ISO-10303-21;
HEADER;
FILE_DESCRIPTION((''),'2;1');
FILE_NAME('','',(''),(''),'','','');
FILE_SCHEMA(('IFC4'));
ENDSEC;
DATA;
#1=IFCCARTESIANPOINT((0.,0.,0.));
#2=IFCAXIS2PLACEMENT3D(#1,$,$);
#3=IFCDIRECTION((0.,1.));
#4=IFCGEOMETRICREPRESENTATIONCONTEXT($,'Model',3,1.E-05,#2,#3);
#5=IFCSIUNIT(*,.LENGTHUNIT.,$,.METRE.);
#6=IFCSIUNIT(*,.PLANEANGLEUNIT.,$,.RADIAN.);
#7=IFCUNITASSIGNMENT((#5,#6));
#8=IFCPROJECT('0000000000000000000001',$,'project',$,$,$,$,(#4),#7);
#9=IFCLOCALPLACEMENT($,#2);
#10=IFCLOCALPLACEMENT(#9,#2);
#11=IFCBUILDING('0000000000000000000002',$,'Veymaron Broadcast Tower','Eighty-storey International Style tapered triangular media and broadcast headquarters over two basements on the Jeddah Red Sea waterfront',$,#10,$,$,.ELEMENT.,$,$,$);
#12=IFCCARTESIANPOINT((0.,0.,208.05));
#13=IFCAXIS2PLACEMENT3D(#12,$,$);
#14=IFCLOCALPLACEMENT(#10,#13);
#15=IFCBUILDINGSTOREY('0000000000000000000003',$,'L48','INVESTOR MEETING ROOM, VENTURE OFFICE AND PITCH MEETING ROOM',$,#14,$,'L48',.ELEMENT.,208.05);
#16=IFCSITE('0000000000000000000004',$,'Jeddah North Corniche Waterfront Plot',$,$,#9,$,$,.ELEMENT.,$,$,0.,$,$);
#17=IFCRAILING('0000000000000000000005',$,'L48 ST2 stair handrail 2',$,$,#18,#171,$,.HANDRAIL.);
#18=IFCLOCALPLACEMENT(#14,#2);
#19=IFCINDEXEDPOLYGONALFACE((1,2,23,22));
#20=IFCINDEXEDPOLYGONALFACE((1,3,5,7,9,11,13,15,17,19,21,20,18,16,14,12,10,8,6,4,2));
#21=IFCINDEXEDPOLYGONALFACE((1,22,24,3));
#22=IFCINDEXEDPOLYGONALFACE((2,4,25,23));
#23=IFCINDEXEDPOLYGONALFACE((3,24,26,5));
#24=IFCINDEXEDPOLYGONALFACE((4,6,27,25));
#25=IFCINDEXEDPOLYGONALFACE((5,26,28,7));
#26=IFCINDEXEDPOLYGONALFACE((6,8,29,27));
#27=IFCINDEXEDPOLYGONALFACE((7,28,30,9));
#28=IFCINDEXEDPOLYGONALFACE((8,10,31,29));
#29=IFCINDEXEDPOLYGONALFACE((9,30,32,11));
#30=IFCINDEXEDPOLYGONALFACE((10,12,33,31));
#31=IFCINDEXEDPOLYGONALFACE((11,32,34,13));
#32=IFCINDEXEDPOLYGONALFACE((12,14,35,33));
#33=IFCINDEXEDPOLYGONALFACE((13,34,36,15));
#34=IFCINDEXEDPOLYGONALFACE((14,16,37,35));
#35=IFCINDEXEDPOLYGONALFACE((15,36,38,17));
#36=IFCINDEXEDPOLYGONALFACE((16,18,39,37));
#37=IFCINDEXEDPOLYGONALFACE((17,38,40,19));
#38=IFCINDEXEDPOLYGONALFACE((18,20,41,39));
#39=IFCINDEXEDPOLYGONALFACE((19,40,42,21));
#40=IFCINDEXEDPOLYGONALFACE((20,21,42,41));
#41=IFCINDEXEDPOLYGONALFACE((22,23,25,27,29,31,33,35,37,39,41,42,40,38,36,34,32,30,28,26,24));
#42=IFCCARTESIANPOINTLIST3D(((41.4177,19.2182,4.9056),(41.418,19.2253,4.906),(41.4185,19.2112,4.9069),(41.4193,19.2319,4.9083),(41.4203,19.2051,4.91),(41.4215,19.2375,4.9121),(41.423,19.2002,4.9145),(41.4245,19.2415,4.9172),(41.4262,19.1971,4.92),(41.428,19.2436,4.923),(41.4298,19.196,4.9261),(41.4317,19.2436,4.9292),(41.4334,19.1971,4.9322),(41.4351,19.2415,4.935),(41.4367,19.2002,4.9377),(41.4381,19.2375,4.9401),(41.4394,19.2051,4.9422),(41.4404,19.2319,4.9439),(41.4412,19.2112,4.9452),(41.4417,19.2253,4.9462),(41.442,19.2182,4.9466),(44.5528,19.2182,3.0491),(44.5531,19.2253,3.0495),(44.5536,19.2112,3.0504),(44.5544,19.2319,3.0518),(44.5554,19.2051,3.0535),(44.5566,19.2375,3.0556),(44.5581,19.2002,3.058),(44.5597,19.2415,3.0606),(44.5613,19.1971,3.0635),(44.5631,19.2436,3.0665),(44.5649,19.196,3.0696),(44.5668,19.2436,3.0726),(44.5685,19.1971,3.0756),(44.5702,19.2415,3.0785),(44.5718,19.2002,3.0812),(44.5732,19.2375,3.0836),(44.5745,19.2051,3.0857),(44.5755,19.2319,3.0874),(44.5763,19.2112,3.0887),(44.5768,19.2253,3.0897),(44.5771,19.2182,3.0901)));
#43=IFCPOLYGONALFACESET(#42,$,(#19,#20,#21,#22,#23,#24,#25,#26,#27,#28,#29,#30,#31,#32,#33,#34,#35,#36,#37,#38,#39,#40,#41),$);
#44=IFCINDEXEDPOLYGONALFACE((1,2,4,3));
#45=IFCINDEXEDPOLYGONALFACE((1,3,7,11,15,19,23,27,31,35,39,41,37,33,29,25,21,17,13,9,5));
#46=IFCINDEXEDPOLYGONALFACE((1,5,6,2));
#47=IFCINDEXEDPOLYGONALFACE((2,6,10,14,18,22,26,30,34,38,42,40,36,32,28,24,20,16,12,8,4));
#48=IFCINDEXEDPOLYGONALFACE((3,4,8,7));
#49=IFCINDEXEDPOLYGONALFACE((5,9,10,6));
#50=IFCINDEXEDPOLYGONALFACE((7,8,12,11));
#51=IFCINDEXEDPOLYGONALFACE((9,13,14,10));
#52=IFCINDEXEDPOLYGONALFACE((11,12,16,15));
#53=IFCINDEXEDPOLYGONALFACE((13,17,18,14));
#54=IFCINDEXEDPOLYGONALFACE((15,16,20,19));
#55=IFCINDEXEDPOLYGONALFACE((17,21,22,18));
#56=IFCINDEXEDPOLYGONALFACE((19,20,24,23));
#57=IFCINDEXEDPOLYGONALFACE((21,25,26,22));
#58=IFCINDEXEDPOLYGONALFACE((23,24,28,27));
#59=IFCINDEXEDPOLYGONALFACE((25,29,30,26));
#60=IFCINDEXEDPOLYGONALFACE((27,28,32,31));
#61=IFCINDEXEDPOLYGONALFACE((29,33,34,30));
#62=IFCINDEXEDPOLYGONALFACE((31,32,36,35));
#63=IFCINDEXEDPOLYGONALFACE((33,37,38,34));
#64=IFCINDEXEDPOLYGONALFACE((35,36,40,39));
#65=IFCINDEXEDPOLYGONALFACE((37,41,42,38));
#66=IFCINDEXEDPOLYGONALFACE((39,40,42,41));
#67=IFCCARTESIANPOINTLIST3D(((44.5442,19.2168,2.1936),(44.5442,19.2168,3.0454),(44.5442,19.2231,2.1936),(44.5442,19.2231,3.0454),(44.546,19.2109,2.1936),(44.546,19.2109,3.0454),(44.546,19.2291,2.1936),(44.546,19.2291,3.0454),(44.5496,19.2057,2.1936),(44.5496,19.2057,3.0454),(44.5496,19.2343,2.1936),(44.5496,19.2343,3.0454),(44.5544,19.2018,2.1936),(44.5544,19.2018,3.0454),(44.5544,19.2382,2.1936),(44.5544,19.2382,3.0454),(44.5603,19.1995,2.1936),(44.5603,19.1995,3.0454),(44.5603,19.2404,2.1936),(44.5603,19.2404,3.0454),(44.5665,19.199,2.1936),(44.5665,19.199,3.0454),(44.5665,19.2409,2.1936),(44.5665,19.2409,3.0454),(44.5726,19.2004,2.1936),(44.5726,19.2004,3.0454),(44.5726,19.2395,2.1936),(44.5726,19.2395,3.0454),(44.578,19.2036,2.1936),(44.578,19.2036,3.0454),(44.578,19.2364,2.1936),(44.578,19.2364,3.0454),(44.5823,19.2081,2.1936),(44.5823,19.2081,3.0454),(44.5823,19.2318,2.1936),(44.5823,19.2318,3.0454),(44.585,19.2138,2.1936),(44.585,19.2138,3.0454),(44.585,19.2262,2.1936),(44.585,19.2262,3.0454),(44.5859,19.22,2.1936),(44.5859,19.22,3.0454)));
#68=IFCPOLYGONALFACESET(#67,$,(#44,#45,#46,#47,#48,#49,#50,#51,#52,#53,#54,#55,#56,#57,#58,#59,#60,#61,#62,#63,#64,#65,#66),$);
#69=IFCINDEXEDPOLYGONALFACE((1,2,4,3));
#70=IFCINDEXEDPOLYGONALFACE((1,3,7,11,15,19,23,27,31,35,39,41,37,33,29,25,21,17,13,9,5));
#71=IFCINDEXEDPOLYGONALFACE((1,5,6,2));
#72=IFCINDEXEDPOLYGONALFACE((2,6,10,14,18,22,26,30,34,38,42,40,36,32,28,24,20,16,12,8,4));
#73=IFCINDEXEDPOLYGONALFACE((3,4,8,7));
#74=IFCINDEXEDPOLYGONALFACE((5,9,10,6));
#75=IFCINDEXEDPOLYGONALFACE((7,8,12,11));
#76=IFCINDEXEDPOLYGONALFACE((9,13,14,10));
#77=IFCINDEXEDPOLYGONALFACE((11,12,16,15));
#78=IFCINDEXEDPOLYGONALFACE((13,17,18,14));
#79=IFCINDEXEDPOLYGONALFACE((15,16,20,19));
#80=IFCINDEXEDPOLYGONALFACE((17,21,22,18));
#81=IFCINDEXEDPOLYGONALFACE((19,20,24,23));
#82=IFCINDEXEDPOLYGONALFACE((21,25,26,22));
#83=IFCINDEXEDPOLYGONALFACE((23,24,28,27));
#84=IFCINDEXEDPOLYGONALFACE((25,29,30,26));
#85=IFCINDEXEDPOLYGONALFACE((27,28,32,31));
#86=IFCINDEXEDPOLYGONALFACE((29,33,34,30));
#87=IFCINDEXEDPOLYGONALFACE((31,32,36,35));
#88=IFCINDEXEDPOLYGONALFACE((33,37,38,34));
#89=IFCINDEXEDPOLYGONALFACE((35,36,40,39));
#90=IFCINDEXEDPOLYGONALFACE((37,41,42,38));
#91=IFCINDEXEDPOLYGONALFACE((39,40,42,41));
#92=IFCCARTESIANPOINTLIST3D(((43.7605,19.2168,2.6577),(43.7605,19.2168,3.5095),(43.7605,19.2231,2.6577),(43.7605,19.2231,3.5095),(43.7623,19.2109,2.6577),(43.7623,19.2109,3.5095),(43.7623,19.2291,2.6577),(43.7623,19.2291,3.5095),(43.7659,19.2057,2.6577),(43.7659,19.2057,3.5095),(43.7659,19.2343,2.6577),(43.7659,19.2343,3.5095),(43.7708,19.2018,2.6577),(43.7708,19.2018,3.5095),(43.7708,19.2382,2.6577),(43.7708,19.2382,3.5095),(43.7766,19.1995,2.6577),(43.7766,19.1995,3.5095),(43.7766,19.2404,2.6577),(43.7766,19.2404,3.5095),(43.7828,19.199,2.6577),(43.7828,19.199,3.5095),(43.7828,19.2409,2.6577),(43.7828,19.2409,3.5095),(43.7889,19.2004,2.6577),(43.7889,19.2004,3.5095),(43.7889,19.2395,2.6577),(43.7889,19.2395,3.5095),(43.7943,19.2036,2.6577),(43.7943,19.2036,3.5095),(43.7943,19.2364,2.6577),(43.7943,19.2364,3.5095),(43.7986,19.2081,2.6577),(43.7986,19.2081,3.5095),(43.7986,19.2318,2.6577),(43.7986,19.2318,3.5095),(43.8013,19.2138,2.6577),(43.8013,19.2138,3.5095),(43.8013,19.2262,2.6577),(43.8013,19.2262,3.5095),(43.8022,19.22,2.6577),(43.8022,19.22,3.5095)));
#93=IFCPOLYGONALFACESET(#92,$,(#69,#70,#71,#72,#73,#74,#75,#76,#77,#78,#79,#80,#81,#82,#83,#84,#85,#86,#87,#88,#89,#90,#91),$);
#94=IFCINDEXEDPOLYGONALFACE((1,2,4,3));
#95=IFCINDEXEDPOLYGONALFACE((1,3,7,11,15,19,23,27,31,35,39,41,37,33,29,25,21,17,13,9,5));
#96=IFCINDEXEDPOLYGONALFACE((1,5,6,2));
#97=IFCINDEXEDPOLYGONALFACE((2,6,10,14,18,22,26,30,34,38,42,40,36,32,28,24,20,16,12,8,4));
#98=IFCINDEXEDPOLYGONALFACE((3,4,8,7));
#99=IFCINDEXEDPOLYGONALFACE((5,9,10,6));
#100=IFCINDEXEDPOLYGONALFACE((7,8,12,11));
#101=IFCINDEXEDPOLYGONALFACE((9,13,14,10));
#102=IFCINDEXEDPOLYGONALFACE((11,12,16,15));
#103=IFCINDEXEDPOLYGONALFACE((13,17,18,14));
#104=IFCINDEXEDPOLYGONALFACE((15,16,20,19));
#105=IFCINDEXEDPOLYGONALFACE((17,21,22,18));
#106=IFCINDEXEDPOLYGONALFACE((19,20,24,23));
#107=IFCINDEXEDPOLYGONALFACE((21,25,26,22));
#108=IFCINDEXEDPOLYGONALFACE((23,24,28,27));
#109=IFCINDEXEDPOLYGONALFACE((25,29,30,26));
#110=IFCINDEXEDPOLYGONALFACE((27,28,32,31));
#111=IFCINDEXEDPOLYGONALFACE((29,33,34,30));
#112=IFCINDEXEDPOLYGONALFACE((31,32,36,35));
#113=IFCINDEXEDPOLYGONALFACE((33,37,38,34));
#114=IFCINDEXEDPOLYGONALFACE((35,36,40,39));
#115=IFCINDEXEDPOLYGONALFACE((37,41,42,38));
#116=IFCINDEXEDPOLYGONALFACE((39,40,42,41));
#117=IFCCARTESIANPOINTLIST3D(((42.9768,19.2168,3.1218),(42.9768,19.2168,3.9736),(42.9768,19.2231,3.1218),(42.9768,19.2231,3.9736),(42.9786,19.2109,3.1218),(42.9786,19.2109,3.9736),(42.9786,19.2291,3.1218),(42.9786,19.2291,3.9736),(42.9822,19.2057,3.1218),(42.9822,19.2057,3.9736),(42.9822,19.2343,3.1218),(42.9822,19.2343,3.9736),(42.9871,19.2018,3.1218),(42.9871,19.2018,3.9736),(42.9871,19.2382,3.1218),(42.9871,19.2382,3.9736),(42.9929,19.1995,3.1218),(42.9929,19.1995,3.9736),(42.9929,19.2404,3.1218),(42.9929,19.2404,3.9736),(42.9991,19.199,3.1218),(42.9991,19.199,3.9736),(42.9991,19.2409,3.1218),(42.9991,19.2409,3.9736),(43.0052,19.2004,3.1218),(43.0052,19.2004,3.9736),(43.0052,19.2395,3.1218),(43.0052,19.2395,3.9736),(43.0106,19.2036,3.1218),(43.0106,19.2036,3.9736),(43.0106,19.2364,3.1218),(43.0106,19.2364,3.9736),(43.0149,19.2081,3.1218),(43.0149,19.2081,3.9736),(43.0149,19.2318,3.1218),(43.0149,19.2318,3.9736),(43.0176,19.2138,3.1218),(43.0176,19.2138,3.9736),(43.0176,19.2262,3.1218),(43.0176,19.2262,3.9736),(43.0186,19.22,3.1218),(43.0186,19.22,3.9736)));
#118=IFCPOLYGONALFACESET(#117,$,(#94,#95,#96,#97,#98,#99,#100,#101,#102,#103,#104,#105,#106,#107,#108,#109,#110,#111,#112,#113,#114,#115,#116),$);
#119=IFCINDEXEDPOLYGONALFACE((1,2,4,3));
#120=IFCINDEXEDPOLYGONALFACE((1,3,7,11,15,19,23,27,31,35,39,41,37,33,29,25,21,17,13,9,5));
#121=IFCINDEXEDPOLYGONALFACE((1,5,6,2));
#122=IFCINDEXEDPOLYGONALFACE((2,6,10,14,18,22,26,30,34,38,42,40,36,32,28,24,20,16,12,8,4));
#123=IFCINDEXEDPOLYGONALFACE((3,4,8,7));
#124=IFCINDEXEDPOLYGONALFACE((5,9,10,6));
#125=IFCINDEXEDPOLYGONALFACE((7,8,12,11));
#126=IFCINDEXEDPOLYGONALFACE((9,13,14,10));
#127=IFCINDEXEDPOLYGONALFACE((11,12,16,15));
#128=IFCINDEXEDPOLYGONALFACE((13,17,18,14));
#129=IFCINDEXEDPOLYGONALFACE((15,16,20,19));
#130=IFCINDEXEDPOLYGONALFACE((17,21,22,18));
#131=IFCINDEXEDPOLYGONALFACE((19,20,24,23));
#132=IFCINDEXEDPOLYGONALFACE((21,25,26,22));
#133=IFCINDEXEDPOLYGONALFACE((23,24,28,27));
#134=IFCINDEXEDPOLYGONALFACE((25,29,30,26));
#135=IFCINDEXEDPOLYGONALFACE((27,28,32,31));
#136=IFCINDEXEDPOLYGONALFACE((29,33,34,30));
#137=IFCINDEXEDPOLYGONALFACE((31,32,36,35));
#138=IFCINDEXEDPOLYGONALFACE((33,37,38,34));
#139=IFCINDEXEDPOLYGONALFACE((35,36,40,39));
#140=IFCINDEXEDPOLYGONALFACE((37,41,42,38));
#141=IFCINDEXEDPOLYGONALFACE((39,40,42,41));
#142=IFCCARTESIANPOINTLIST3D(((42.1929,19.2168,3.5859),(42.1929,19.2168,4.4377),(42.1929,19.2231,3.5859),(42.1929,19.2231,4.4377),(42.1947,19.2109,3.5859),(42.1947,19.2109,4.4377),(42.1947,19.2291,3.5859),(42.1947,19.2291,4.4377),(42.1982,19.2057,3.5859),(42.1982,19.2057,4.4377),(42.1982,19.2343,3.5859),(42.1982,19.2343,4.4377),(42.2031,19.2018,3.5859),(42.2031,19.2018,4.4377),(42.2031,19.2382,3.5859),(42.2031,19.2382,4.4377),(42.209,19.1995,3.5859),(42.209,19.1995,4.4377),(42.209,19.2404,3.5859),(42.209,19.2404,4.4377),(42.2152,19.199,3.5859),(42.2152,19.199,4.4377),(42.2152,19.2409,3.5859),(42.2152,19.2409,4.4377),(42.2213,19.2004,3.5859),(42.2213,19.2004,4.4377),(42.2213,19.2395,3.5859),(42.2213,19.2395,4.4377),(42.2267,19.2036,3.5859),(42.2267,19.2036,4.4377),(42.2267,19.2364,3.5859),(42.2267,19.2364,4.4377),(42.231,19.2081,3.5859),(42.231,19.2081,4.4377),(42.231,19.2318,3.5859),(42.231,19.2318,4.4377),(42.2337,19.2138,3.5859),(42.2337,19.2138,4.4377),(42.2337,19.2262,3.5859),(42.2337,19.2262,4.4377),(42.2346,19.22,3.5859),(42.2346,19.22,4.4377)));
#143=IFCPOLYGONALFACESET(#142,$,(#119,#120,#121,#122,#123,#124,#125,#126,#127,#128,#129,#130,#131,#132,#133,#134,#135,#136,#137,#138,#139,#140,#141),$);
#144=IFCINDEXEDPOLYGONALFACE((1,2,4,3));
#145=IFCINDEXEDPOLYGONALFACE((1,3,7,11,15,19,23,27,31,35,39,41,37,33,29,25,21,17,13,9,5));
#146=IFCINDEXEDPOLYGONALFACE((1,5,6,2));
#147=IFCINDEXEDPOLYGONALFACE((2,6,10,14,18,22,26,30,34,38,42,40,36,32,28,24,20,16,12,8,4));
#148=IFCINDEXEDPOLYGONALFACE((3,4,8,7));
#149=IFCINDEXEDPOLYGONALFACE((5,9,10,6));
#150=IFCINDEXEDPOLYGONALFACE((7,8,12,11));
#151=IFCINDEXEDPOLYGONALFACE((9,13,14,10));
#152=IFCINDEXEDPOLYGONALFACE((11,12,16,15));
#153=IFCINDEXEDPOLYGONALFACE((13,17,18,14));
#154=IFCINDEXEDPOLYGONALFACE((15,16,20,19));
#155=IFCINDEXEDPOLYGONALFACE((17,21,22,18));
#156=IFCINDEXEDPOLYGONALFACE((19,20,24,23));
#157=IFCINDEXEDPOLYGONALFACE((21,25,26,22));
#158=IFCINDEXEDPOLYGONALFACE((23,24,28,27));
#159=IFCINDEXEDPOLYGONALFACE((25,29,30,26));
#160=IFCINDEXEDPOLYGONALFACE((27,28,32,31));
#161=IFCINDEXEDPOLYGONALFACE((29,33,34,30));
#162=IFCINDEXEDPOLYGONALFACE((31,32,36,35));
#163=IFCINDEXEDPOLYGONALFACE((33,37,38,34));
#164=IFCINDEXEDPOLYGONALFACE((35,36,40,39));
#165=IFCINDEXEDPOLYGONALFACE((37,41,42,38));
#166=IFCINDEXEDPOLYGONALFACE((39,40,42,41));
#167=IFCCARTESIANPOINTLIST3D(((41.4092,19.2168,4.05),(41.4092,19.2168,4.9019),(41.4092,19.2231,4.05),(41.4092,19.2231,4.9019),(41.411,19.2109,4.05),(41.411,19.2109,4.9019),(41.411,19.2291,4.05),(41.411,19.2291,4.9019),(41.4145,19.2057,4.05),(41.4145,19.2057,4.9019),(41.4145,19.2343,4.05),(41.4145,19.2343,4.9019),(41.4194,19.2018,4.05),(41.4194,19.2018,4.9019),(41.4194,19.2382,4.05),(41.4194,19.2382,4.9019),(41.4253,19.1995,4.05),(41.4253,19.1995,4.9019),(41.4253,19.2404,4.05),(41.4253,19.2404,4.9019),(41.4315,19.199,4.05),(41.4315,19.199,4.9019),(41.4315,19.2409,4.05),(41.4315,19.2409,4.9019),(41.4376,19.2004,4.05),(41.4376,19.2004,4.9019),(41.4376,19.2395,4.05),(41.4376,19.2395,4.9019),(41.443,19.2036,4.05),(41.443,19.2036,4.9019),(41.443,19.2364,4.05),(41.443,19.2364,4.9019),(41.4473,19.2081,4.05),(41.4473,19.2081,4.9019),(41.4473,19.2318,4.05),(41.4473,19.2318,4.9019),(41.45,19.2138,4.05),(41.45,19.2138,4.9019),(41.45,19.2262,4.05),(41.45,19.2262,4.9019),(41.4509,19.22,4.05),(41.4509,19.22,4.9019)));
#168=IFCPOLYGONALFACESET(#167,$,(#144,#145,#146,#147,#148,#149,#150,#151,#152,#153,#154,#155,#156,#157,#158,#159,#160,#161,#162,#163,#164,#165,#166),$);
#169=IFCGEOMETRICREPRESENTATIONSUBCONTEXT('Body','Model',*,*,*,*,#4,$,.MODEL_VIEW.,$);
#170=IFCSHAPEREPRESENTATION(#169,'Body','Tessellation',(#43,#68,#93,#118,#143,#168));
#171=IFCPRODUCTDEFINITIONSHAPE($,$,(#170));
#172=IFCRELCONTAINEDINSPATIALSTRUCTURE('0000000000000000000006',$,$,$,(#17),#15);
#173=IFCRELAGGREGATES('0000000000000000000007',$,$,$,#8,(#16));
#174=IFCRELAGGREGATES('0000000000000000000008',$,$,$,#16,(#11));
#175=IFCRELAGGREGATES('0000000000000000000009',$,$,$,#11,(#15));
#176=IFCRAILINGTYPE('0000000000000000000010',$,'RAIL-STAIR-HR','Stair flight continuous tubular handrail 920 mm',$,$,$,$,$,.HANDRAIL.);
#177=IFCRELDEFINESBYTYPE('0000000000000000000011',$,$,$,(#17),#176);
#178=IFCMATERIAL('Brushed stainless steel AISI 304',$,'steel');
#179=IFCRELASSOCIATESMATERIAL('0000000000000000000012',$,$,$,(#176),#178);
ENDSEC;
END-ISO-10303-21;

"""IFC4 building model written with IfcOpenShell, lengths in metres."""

from ifc_helpers import new_model, si_unit, direction, frame, origin, origin_2d, place, context, subcontext, project, spatial, circle, extrude, material, type_object, element, save


model = new_model("IFC4")

# Units and contexts
model_context = context("Model", 3, precision=1e-05, world=origin(), true_north=direction((0.0, 1.0)))
body_context = subcontext(model_context, "Body", "Model", "MODEL_VIEW")
ifc_project = project(units=[si_unit("LENGTHUNIT", "METRE"), si_unit("PLANEANGLEUNIT", "RADIAN")], contexts=[model_context])

# Site, building, storey
site_placement = place(None, origin())
site = spatial("IfcSite", under=ifc_project, at=site_placement, Name="Jeddah North Corniche Waterfront Plot", CompositionType="ELEMENT", RefElevation=0.0)
building_placement = place(site_placement, origin())
building = spatial("IfcBuilding", under=site, at=building_placement, Name="Veymaron Broadcast Tower", Description="Eighty-storey International Style tapered triangular media and broadcast headquarters over two basements on the Jeddah Red Sea waterfront", CompositionType="ELEMENT")
storey_placement = place(building_placement, frame((0.0, 0.0, 208.05)))
storey = spatial("IfcBuildingStorey", under=building, at=storey_placement, Name="L48", Description="INVESTOR MEETING ROOM, VENTURE OFFICE AND PITCH MEETING ROOM", LongName="L48", CompositionType="ELEMENT", Elevation=208.05)

# Railing
ifc_material_1 = material(Name="Brushed stainless steel AISI 304", Category="steel")
railing_type_1 = type_object("IfcRailingType", Name="RAIL-STAIR-HR", Description="Stair flight continuous tubular handrail 920 mm", PredefinedType="HANDRAIL", material=ifc_material_1)
railing_1_placement = place(storey_placement, frame((44.5649, 19.22, 2.1936)))
element("IfcRailing", 1, at=railing_1_placement, inside=storey, type_object=railing_type_1, Name="L48 ST2 stair handrail 2", PredefinedType="HANDRAIL", context=body_context, shape_type="SweptSolid", body=[
    extrude(circle(Radius=0.0239, at=origin_2d()), frame((0.0, 0.0, 0.876), z_axis=(-0.860453, 0.0, 0.509531), x_axis=(0.0, -1.0, 0.0)), (0.0, 0.0, 1.0), 3.6436),
    extrude(circle(Radius=0.021, at=origin_2d()), origin(), (0.0, 0.0, 1.0), 0.8518),
    extrude(circle(Radius=0.021, at=origin_2d()), frame((-0.7837, 0.0, 0.4641)), (0.0, 0.0, 1.0), 0.8518),
    extrude(circle(Radius=0.021, at=origin_2d()), frame((-1.5674, 0.0, 0.9282)), (0.0, 0.0, 1.0), 0.8518),
    extrude(circle(Radius=0.021, at=origin_2d()), frame((-2.3513, 0.0, 1.3923)), (0.0, 0.0, 1.0), 0.8518),
    extrude(circle(Radius=0.021, at=origin_2d()), frame((-3.135, 0.0, 1.8564)), (0.0, 0.0, 1.0), 0.8518),
])

save(model, "model.ifc")
